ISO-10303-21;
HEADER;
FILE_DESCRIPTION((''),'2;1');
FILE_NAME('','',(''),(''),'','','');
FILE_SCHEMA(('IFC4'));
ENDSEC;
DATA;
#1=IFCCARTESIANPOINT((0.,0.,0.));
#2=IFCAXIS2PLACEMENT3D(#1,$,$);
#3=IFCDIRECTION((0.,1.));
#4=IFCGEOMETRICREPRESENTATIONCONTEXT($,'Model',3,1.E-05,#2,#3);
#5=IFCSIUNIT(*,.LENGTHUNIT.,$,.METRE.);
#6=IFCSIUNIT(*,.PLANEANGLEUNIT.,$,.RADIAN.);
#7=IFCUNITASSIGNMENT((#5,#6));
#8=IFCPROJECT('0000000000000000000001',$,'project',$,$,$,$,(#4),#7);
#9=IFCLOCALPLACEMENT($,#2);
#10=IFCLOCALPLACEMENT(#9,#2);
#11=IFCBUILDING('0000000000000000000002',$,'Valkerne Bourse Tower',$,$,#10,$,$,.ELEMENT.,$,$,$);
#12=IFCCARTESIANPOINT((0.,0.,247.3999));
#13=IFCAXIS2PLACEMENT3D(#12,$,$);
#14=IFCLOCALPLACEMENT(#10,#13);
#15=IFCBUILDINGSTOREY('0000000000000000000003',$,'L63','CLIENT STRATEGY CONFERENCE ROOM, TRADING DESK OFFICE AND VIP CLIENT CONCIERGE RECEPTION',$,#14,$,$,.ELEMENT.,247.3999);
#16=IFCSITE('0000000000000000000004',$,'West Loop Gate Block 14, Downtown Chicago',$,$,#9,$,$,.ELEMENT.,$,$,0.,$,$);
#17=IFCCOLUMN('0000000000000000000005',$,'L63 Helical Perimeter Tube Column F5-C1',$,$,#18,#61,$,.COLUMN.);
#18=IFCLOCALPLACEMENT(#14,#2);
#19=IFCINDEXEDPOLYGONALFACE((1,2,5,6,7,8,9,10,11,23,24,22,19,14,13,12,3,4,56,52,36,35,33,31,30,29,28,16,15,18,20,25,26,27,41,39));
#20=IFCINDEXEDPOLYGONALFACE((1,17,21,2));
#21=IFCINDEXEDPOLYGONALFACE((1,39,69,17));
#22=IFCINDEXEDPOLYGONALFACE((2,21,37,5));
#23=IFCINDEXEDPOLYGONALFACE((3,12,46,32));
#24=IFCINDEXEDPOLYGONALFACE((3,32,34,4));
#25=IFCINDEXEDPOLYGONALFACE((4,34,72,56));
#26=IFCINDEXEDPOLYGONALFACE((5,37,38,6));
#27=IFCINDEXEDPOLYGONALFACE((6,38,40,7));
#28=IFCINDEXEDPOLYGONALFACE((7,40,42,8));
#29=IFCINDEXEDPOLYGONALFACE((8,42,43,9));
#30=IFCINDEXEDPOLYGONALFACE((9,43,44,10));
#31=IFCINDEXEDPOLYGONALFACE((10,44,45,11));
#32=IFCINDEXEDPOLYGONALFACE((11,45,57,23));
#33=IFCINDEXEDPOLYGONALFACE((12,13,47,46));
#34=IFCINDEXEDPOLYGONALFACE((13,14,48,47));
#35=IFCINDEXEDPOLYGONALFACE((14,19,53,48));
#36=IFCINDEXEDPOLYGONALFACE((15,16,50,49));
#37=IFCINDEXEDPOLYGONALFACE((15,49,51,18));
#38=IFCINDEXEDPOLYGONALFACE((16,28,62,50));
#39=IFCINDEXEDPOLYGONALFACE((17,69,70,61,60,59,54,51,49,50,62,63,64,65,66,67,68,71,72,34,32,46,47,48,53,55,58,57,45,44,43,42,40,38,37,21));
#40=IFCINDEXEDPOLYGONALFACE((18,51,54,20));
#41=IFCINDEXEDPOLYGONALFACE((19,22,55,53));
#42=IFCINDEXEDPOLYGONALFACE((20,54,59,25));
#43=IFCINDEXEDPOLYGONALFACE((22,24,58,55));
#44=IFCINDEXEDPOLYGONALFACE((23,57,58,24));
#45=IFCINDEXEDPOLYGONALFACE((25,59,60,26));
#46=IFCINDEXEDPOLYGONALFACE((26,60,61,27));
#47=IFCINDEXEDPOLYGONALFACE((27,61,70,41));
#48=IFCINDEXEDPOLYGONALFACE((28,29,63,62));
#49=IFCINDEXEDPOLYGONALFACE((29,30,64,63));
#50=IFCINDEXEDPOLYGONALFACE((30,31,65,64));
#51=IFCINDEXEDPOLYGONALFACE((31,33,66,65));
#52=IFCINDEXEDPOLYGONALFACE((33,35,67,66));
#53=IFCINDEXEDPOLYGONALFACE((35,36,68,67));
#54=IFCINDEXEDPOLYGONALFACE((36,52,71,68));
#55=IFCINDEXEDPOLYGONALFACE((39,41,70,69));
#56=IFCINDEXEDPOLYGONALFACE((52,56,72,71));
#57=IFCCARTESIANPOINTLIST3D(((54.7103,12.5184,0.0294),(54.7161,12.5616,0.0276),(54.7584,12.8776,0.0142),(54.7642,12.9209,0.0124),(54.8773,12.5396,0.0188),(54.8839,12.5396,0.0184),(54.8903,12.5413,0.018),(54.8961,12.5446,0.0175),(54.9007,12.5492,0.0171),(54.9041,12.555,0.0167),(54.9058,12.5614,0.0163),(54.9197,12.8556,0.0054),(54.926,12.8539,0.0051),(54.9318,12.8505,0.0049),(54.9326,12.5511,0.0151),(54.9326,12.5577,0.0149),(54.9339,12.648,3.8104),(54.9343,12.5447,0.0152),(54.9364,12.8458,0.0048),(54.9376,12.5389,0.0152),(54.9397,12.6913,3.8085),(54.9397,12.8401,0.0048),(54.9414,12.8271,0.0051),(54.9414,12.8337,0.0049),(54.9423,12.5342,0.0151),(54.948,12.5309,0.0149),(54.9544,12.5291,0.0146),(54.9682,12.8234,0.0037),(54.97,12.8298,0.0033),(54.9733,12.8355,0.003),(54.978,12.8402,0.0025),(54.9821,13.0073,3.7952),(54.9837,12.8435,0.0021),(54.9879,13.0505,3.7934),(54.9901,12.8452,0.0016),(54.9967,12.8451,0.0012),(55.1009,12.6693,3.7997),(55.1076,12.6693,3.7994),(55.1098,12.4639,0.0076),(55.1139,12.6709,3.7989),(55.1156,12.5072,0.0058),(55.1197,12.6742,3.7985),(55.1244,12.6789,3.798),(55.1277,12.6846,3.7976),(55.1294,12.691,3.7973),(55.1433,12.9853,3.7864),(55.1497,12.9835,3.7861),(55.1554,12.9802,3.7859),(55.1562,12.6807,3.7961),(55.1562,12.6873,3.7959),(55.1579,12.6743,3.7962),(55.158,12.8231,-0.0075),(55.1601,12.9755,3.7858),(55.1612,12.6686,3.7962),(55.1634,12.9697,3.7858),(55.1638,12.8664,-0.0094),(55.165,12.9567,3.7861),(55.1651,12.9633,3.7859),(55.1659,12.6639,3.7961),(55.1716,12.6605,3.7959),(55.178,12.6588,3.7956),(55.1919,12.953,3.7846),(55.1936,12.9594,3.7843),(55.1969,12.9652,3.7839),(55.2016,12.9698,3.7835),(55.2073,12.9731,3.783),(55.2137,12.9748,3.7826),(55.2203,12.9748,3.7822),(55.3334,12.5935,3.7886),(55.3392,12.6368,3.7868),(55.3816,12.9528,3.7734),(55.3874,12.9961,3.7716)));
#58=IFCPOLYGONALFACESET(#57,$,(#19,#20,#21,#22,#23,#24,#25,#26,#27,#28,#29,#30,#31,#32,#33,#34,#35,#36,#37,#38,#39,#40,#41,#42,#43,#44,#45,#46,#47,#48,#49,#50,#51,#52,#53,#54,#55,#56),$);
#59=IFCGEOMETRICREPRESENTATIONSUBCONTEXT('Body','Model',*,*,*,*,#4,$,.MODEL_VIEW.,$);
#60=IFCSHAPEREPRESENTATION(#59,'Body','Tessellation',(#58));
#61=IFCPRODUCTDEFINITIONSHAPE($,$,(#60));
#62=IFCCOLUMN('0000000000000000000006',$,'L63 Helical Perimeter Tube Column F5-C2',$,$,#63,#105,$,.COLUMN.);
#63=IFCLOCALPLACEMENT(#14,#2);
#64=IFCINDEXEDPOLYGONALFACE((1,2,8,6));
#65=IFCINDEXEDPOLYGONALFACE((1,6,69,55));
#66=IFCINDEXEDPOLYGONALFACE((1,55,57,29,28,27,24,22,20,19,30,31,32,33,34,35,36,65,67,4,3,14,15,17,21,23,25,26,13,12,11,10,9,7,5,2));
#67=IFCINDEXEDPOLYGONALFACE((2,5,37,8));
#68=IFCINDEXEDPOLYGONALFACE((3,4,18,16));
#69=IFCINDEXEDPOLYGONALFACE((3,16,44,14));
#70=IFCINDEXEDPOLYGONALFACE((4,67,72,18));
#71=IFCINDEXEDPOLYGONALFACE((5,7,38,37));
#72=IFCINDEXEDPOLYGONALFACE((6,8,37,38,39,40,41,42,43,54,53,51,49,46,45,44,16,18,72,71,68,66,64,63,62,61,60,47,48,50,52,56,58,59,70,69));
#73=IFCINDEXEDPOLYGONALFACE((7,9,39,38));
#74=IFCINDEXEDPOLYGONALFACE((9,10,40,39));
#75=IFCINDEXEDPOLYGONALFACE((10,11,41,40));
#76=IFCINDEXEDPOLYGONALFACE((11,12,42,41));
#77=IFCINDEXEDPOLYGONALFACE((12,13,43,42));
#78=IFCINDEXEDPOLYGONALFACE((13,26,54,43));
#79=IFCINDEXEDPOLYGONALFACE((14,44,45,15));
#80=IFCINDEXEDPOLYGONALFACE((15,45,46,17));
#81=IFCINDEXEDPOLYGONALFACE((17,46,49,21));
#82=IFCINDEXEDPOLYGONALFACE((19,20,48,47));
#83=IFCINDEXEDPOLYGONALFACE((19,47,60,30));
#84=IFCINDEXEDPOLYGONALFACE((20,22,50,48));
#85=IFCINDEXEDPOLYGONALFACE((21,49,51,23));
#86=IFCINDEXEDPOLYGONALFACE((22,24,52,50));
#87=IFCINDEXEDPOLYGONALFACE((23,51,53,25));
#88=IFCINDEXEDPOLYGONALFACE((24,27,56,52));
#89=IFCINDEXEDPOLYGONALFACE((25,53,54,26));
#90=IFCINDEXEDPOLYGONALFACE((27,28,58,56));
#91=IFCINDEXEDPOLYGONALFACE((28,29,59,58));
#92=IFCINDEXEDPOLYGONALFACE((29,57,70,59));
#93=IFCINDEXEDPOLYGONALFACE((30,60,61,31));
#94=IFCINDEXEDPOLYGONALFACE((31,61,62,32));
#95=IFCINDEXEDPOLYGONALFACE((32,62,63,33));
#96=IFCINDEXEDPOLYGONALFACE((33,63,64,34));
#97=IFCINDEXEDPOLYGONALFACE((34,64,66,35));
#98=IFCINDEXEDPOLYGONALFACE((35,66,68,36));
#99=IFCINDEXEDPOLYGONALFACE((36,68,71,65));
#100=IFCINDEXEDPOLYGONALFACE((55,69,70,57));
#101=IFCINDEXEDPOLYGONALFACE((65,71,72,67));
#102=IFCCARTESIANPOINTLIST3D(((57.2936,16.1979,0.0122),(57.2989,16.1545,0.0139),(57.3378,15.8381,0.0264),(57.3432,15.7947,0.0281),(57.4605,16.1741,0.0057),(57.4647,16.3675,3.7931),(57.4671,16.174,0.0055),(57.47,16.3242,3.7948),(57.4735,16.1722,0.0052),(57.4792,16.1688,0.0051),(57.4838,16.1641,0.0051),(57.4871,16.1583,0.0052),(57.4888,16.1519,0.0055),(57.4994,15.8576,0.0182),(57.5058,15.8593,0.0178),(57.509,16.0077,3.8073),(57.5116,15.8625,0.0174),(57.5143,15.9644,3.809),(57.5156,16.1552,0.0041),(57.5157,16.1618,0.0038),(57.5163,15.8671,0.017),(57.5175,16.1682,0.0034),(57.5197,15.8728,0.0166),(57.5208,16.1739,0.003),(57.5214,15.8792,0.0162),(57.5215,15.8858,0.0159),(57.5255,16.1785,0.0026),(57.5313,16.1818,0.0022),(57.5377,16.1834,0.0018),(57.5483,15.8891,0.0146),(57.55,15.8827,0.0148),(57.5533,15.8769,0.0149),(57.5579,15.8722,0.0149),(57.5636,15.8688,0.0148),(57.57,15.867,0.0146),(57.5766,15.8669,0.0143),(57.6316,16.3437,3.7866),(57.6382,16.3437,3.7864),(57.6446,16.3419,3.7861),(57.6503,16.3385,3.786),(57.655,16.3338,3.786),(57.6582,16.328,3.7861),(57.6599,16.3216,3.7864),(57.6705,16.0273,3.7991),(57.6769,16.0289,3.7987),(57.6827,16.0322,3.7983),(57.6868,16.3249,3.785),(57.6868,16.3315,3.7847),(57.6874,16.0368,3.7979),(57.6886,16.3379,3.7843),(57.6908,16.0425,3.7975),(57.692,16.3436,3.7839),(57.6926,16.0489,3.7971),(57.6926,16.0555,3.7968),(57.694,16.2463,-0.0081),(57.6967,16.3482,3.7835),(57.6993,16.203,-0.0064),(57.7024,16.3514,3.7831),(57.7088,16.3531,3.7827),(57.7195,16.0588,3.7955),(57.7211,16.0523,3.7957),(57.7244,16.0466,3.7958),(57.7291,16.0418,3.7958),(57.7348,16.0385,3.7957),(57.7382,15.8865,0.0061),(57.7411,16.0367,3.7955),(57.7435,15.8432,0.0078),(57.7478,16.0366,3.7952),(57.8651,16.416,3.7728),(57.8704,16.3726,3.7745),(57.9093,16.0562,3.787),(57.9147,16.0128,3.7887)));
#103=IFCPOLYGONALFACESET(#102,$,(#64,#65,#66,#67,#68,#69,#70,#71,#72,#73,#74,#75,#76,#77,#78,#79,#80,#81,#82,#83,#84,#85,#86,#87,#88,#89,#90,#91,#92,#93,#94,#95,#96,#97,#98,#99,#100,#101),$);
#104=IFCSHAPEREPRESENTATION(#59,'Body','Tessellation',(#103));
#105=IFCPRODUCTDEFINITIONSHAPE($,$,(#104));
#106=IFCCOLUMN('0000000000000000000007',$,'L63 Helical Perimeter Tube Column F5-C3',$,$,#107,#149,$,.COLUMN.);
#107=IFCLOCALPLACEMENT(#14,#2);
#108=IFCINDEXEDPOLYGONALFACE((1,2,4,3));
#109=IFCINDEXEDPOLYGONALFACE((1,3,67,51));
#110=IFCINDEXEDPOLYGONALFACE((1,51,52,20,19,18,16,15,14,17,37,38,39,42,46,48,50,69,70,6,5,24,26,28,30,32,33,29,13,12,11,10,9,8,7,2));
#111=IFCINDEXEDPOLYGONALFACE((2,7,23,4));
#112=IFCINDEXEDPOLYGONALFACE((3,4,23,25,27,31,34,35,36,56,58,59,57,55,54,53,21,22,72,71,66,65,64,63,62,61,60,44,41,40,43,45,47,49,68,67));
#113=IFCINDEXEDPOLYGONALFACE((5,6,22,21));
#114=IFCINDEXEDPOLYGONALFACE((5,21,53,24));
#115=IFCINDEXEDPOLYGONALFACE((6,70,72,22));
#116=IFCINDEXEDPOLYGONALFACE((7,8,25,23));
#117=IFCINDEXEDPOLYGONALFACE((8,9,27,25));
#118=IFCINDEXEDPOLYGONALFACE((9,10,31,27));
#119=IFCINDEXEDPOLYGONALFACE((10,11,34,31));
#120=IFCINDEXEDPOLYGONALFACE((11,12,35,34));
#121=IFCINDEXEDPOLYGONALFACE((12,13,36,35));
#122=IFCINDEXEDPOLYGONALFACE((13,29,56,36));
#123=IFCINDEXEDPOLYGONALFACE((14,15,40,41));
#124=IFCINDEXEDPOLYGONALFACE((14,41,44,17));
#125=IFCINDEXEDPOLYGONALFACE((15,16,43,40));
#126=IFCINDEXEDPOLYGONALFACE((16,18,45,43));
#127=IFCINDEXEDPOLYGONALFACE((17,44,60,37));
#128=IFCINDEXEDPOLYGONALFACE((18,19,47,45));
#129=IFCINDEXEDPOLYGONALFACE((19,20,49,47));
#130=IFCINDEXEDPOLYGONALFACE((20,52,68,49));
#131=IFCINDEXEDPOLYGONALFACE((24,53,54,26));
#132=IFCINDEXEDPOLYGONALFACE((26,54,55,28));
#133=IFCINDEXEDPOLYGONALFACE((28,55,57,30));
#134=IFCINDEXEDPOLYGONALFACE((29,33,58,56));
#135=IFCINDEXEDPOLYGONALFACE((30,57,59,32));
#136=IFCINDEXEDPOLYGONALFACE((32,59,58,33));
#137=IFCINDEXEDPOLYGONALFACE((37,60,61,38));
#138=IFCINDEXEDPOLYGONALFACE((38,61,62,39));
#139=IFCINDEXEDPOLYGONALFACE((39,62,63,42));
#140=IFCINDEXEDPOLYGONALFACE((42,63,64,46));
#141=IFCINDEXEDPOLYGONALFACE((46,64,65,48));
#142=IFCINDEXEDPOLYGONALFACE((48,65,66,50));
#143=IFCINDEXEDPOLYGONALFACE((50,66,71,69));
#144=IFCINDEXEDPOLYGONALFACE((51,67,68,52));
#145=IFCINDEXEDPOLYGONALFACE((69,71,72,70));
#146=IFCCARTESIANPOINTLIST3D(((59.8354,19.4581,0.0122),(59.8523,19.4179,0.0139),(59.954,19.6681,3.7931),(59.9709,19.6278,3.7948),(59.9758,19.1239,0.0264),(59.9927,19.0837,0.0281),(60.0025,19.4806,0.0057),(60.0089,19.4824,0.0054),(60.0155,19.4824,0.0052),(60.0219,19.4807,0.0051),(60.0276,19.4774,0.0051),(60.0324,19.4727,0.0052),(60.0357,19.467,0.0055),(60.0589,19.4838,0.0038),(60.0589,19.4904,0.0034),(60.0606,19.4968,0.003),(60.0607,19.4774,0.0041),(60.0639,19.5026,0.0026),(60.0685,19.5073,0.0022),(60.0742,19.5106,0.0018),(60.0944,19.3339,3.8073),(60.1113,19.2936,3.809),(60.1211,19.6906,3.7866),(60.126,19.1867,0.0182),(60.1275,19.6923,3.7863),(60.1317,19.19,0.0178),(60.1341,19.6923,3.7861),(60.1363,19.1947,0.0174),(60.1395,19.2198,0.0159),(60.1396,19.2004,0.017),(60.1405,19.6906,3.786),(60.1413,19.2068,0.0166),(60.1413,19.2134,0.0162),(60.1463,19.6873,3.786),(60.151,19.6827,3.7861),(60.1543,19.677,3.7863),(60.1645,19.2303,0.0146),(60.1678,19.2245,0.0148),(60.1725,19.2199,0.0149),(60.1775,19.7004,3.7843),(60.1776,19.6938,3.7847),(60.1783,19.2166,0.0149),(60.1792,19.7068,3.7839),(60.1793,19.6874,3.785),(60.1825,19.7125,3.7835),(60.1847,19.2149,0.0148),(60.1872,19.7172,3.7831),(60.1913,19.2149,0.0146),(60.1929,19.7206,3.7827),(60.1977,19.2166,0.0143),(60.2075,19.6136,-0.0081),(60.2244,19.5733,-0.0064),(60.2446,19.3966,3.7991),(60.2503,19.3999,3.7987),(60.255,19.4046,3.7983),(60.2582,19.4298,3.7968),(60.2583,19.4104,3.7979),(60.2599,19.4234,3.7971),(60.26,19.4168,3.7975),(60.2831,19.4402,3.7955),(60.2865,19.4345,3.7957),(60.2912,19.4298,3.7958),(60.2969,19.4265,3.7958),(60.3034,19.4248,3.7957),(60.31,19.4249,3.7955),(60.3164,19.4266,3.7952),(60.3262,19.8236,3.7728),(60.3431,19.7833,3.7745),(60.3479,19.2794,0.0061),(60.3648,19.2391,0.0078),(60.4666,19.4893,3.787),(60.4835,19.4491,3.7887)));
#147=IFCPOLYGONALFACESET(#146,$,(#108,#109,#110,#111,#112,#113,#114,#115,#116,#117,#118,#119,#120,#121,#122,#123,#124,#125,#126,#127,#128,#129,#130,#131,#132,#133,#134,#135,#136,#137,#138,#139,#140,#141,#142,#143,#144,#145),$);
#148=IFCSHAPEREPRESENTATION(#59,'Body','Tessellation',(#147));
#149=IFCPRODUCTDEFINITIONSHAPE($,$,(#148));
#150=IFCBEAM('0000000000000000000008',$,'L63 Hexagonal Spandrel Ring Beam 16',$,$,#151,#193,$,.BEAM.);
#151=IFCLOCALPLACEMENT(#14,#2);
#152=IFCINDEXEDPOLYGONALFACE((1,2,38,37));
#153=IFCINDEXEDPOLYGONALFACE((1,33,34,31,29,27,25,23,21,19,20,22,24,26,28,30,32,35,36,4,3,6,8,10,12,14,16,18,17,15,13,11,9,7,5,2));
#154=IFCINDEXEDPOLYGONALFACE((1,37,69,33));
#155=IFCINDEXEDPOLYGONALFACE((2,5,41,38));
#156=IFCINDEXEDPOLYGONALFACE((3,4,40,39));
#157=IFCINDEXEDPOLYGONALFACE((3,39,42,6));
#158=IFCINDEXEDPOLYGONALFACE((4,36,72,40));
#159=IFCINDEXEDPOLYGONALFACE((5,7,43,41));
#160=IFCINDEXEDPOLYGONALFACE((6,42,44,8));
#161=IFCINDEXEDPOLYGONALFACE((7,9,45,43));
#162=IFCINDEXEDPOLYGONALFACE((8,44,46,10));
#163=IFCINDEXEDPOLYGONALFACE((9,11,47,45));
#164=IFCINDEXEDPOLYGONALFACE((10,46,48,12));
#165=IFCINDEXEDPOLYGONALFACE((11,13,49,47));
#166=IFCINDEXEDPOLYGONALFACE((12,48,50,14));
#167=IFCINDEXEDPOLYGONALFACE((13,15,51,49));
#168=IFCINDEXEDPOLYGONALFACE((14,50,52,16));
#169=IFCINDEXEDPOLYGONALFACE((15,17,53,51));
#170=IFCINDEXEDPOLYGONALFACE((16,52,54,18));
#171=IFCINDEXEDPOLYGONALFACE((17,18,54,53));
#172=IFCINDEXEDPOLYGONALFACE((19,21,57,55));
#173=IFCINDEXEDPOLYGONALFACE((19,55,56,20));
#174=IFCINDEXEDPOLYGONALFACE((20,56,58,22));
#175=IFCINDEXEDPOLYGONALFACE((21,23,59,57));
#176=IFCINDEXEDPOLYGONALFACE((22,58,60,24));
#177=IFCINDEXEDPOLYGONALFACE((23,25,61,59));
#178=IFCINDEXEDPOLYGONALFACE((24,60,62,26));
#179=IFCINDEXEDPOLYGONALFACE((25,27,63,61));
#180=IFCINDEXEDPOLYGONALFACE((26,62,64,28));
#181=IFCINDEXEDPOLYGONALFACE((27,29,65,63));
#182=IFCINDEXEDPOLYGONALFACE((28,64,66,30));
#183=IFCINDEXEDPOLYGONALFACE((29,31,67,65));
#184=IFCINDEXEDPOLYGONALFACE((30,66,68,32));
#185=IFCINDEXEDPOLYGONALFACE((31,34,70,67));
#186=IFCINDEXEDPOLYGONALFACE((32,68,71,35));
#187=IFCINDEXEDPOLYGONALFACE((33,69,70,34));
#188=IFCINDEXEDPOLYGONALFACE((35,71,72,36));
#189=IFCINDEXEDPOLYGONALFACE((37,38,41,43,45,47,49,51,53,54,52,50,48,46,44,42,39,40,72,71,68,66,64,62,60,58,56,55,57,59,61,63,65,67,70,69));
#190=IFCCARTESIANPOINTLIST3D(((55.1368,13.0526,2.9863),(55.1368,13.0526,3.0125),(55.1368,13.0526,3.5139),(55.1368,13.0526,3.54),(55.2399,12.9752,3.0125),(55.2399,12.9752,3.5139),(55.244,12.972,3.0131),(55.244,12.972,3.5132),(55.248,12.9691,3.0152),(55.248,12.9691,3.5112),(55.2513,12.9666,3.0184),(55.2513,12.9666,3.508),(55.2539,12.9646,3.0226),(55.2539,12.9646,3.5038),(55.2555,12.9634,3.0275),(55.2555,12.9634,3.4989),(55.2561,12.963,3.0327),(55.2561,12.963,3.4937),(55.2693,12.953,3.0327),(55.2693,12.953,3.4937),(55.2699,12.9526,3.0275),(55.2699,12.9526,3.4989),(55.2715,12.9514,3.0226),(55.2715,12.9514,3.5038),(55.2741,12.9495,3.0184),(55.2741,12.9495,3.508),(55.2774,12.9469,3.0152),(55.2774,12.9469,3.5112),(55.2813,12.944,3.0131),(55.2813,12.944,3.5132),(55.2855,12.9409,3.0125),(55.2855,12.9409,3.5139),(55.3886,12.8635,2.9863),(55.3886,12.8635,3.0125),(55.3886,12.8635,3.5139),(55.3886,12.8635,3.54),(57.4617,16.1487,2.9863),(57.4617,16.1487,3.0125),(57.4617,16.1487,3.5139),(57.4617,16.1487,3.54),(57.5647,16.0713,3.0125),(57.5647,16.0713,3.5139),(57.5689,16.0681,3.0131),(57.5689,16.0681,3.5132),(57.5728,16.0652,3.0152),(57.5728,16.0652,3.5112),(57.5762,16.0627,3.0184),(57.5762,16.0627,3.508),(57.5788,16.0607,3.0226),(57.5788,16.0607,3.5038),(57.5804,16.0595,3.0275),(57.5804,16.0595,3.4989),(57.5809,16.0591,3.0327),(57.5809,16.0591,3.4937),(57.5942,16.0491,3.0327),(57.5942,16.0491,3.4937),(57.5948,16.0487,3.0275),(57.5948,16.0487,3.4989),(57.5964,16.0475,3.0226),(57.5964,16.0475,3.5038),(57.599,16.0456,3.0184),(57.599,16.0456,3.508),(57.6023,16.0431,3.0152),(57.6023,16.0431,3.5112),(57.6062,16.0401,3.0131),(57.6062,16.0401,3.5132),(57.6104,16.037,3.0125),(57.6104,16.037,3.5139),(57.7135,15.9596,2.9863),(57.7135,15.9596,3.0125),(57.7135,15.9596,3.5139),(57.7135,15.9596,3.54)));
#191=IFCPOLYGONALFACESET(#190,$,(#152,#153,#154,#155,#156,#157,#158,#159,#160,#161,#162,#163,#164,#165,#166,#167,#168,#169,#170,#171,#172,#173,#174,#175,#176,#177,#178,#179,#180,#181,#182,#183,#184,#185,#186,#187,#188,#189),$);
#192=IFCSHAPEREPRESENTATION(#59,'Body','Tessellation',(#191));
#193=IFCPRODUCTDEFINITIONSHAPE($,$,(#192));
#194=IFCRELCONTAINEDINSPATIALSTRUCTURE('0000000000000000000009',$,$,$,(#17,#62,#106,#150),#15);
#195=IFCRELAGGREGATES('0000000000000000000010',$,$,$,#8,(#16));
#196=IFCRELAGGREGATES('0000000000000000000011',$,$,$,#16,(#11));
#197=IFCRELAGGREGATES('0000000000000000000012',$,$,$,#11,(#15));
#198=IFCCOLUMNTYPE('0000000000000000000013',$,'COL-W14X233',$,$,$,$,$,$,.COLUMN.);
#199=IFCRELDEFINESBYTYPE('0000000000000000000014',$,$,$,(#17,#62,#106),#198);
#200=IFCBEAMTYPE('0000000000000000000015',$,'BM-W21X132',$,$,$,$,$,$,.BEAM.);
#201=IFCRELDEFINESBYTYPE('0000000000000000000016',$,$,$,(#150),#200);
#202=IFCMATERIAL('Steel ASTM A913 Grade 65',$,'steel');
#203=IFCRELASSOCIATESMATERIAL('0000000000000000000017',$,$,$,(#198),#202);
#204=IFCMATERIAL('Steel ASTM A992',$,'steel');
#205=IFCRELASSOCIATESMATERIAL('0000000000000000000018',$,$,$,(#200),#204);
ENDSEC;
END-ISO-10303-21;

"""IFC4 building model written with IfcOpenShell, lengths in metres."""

from ifc_helpers import new_model, si_unit, direction, frame, origin, origin_2d, place, context, subcontext, project, spatial, i_section, extrude, material, material_profile, profile_set, type_object, element, save


model = new_model("IFC4")

# Units and contexts
model_context = context("Model", 3, precision=1e-05, world=origin(), true_north=direction((0.0, 1.0)))
body_context = subcontext(model_context, "Body", "Model", "MODEL_VIEW")
ifc_project = project(units=[si_unit("LENGTHUNIT", "METRE"), si_unit("PLANEANGLEUNIT", "RADIAN")], contexts=[model_context])

# Site, building, storey
site_placement = place(None, origin())
site = spatial("IfcSite", under=ifc_project, at=site_placement, Name="West Loop Gate Block 14, Downtown Chicago", CompositionType="ELEMENT", RefElevation=0.0)
building_placement = place(site_placement, origin())
building = spatial("IfcBuilding", under=site, at=building_placement, Name="Valkerne Bourse Tower", CompositionType="ELEMENT")
storey_placement = place(building_placement, frame((0.0, 0.0, 247.3999)))
storey = spatial("IfcBuildingStorey", under=building, at=storey_placement, Name="L63", Description="CLIENT STRATEGY CONFERENCE ROOM, TRADING DESK OFFICE AND VIP CLIENT CONCIERGE RECEPTION", CompositionType="ELEMENT", Elevation=247.3999)

# Columns
ifc_material_1 = material(Name="Steel ASTM A913 Grade 65", Category="steel")
ifc_material_profile_1 = material_profile(ifc_material_1, i_section(OverallWidth=0.4038, OverallDepth=0.4065, WebThickness=0.0271, FlangeThickness=0.0437, FilletRadius=0.0254, at=origin_2d()), Name="W14X233")
ifc_profile_set_1 = profile_set([ifc_material_profile_1], Name="Steel ASTM A913 Grade 65")
column_type = type_object("IfcColumnType", Name="COL-W14X233", PredefinedType="COLUMN", material=ifc_profile_set_1)
column_placement = place(storey_placement, frame((54.937, 12.6924, 0.01), z_axis=(0.059009, 0.034207, 0.997671), x_axis=(-0.989393, 0.134898, 0.053894)))
element("IfcColumn", 1, at=column_placement, inside=storey, type_object=column_type, Name="L63 Helical Perimeter Tube Column F5-C1", PredefinedType="COLUMN", context=body_context, shape_type="SweptSolid", body=[
    extrude(i_section(OverallWidth=0.4038, OverallDepth=0.4065, WebThickness=0.0271, FlangeThickness=0.0437, FilletRadius=0.0254, at=origin_2d()), origin(), (0.0, 0.0, 1.0), 3.7898),
])
for number, where, z_axis, x_axis, name in (
    (2, (57.5186, 16.0205, 0.01), (0.045172, 0.044785, 0.997975), (-0.991508, -0.119941, 0.050262), "L63 Helical Perimeter Tube Column F5-C2"),
    (3, (60.1001, 19.3486, 0.01), (0.031318, 0.055418, 0.997972), (-0.921558, -0.38497, 0.050297), "L63 Helical Perimeter Tube Column F5-C3"),
):
    element("IfcColumn", number, at=place(storey_placement, frame(where, z_axis=z_axis, x_axis=x_axis)), inside=storey, type_object=column_type, Name=name, PredefinedType="COLUMN", context=body_context, shape_type="SweptSolid", body=[
        extrude(i_section(OverallWidth=0.4038, OverallDepth=0.4065, WebThickness=0.0271, FlangeThickness=0.0437, FilletRadius=0.0254, at=origin_2d()), origin(), (0.0, 0.0, 1.0), 3.7886),
    ])

# Beam
ifc_material_2 = material(Name="Steel ASTM A992", Category="steel")
ifc_material_profile_2 = material_profile(ifc_material_2, i_section(OverallWidth=0.3149, OverallDepth=0.5537, WebThickness=0.0166, FlangeThickness=0.0261, FilletRadius=0.0203, at=origin_2d()), Name="W21X132")
ifc_profile_set_2 = profile_set([ifc_material_profile_2], Name="Steel ASTM A992")
beam_type = type_object("IfcBeamType", Name="BM-W21X132", PredefinedType="BEAM", material=ifc_profile_set_2)
beam_1_placement = place(storey_placement, frame((55.2627, 12.958, 3.2632), z_axis=(0.600464, 0.799652, 0.0), x_axis=(-0.799652, 0.600464, 0.0)))
element("IfcBeam", 4, at=beam_1_placement, inside=storey, type_object=beam_type, Name="L63 Hexagonal Spandrel Ring Beam 16", PredefinedType="BEAM", context=body_context, shape_type="SweptSolid", body=[
    extrude(i_section(OverallWidth=0.3149, OverallDepth=0.5537, WebThickness=0.0166, FlangeThickness=0.0261, FilletRadius=0.0203, at=origin_2d()), origin(), (0.0, 0.0, 1.0), 3.8718),
])

save(model, "model.ifc")
